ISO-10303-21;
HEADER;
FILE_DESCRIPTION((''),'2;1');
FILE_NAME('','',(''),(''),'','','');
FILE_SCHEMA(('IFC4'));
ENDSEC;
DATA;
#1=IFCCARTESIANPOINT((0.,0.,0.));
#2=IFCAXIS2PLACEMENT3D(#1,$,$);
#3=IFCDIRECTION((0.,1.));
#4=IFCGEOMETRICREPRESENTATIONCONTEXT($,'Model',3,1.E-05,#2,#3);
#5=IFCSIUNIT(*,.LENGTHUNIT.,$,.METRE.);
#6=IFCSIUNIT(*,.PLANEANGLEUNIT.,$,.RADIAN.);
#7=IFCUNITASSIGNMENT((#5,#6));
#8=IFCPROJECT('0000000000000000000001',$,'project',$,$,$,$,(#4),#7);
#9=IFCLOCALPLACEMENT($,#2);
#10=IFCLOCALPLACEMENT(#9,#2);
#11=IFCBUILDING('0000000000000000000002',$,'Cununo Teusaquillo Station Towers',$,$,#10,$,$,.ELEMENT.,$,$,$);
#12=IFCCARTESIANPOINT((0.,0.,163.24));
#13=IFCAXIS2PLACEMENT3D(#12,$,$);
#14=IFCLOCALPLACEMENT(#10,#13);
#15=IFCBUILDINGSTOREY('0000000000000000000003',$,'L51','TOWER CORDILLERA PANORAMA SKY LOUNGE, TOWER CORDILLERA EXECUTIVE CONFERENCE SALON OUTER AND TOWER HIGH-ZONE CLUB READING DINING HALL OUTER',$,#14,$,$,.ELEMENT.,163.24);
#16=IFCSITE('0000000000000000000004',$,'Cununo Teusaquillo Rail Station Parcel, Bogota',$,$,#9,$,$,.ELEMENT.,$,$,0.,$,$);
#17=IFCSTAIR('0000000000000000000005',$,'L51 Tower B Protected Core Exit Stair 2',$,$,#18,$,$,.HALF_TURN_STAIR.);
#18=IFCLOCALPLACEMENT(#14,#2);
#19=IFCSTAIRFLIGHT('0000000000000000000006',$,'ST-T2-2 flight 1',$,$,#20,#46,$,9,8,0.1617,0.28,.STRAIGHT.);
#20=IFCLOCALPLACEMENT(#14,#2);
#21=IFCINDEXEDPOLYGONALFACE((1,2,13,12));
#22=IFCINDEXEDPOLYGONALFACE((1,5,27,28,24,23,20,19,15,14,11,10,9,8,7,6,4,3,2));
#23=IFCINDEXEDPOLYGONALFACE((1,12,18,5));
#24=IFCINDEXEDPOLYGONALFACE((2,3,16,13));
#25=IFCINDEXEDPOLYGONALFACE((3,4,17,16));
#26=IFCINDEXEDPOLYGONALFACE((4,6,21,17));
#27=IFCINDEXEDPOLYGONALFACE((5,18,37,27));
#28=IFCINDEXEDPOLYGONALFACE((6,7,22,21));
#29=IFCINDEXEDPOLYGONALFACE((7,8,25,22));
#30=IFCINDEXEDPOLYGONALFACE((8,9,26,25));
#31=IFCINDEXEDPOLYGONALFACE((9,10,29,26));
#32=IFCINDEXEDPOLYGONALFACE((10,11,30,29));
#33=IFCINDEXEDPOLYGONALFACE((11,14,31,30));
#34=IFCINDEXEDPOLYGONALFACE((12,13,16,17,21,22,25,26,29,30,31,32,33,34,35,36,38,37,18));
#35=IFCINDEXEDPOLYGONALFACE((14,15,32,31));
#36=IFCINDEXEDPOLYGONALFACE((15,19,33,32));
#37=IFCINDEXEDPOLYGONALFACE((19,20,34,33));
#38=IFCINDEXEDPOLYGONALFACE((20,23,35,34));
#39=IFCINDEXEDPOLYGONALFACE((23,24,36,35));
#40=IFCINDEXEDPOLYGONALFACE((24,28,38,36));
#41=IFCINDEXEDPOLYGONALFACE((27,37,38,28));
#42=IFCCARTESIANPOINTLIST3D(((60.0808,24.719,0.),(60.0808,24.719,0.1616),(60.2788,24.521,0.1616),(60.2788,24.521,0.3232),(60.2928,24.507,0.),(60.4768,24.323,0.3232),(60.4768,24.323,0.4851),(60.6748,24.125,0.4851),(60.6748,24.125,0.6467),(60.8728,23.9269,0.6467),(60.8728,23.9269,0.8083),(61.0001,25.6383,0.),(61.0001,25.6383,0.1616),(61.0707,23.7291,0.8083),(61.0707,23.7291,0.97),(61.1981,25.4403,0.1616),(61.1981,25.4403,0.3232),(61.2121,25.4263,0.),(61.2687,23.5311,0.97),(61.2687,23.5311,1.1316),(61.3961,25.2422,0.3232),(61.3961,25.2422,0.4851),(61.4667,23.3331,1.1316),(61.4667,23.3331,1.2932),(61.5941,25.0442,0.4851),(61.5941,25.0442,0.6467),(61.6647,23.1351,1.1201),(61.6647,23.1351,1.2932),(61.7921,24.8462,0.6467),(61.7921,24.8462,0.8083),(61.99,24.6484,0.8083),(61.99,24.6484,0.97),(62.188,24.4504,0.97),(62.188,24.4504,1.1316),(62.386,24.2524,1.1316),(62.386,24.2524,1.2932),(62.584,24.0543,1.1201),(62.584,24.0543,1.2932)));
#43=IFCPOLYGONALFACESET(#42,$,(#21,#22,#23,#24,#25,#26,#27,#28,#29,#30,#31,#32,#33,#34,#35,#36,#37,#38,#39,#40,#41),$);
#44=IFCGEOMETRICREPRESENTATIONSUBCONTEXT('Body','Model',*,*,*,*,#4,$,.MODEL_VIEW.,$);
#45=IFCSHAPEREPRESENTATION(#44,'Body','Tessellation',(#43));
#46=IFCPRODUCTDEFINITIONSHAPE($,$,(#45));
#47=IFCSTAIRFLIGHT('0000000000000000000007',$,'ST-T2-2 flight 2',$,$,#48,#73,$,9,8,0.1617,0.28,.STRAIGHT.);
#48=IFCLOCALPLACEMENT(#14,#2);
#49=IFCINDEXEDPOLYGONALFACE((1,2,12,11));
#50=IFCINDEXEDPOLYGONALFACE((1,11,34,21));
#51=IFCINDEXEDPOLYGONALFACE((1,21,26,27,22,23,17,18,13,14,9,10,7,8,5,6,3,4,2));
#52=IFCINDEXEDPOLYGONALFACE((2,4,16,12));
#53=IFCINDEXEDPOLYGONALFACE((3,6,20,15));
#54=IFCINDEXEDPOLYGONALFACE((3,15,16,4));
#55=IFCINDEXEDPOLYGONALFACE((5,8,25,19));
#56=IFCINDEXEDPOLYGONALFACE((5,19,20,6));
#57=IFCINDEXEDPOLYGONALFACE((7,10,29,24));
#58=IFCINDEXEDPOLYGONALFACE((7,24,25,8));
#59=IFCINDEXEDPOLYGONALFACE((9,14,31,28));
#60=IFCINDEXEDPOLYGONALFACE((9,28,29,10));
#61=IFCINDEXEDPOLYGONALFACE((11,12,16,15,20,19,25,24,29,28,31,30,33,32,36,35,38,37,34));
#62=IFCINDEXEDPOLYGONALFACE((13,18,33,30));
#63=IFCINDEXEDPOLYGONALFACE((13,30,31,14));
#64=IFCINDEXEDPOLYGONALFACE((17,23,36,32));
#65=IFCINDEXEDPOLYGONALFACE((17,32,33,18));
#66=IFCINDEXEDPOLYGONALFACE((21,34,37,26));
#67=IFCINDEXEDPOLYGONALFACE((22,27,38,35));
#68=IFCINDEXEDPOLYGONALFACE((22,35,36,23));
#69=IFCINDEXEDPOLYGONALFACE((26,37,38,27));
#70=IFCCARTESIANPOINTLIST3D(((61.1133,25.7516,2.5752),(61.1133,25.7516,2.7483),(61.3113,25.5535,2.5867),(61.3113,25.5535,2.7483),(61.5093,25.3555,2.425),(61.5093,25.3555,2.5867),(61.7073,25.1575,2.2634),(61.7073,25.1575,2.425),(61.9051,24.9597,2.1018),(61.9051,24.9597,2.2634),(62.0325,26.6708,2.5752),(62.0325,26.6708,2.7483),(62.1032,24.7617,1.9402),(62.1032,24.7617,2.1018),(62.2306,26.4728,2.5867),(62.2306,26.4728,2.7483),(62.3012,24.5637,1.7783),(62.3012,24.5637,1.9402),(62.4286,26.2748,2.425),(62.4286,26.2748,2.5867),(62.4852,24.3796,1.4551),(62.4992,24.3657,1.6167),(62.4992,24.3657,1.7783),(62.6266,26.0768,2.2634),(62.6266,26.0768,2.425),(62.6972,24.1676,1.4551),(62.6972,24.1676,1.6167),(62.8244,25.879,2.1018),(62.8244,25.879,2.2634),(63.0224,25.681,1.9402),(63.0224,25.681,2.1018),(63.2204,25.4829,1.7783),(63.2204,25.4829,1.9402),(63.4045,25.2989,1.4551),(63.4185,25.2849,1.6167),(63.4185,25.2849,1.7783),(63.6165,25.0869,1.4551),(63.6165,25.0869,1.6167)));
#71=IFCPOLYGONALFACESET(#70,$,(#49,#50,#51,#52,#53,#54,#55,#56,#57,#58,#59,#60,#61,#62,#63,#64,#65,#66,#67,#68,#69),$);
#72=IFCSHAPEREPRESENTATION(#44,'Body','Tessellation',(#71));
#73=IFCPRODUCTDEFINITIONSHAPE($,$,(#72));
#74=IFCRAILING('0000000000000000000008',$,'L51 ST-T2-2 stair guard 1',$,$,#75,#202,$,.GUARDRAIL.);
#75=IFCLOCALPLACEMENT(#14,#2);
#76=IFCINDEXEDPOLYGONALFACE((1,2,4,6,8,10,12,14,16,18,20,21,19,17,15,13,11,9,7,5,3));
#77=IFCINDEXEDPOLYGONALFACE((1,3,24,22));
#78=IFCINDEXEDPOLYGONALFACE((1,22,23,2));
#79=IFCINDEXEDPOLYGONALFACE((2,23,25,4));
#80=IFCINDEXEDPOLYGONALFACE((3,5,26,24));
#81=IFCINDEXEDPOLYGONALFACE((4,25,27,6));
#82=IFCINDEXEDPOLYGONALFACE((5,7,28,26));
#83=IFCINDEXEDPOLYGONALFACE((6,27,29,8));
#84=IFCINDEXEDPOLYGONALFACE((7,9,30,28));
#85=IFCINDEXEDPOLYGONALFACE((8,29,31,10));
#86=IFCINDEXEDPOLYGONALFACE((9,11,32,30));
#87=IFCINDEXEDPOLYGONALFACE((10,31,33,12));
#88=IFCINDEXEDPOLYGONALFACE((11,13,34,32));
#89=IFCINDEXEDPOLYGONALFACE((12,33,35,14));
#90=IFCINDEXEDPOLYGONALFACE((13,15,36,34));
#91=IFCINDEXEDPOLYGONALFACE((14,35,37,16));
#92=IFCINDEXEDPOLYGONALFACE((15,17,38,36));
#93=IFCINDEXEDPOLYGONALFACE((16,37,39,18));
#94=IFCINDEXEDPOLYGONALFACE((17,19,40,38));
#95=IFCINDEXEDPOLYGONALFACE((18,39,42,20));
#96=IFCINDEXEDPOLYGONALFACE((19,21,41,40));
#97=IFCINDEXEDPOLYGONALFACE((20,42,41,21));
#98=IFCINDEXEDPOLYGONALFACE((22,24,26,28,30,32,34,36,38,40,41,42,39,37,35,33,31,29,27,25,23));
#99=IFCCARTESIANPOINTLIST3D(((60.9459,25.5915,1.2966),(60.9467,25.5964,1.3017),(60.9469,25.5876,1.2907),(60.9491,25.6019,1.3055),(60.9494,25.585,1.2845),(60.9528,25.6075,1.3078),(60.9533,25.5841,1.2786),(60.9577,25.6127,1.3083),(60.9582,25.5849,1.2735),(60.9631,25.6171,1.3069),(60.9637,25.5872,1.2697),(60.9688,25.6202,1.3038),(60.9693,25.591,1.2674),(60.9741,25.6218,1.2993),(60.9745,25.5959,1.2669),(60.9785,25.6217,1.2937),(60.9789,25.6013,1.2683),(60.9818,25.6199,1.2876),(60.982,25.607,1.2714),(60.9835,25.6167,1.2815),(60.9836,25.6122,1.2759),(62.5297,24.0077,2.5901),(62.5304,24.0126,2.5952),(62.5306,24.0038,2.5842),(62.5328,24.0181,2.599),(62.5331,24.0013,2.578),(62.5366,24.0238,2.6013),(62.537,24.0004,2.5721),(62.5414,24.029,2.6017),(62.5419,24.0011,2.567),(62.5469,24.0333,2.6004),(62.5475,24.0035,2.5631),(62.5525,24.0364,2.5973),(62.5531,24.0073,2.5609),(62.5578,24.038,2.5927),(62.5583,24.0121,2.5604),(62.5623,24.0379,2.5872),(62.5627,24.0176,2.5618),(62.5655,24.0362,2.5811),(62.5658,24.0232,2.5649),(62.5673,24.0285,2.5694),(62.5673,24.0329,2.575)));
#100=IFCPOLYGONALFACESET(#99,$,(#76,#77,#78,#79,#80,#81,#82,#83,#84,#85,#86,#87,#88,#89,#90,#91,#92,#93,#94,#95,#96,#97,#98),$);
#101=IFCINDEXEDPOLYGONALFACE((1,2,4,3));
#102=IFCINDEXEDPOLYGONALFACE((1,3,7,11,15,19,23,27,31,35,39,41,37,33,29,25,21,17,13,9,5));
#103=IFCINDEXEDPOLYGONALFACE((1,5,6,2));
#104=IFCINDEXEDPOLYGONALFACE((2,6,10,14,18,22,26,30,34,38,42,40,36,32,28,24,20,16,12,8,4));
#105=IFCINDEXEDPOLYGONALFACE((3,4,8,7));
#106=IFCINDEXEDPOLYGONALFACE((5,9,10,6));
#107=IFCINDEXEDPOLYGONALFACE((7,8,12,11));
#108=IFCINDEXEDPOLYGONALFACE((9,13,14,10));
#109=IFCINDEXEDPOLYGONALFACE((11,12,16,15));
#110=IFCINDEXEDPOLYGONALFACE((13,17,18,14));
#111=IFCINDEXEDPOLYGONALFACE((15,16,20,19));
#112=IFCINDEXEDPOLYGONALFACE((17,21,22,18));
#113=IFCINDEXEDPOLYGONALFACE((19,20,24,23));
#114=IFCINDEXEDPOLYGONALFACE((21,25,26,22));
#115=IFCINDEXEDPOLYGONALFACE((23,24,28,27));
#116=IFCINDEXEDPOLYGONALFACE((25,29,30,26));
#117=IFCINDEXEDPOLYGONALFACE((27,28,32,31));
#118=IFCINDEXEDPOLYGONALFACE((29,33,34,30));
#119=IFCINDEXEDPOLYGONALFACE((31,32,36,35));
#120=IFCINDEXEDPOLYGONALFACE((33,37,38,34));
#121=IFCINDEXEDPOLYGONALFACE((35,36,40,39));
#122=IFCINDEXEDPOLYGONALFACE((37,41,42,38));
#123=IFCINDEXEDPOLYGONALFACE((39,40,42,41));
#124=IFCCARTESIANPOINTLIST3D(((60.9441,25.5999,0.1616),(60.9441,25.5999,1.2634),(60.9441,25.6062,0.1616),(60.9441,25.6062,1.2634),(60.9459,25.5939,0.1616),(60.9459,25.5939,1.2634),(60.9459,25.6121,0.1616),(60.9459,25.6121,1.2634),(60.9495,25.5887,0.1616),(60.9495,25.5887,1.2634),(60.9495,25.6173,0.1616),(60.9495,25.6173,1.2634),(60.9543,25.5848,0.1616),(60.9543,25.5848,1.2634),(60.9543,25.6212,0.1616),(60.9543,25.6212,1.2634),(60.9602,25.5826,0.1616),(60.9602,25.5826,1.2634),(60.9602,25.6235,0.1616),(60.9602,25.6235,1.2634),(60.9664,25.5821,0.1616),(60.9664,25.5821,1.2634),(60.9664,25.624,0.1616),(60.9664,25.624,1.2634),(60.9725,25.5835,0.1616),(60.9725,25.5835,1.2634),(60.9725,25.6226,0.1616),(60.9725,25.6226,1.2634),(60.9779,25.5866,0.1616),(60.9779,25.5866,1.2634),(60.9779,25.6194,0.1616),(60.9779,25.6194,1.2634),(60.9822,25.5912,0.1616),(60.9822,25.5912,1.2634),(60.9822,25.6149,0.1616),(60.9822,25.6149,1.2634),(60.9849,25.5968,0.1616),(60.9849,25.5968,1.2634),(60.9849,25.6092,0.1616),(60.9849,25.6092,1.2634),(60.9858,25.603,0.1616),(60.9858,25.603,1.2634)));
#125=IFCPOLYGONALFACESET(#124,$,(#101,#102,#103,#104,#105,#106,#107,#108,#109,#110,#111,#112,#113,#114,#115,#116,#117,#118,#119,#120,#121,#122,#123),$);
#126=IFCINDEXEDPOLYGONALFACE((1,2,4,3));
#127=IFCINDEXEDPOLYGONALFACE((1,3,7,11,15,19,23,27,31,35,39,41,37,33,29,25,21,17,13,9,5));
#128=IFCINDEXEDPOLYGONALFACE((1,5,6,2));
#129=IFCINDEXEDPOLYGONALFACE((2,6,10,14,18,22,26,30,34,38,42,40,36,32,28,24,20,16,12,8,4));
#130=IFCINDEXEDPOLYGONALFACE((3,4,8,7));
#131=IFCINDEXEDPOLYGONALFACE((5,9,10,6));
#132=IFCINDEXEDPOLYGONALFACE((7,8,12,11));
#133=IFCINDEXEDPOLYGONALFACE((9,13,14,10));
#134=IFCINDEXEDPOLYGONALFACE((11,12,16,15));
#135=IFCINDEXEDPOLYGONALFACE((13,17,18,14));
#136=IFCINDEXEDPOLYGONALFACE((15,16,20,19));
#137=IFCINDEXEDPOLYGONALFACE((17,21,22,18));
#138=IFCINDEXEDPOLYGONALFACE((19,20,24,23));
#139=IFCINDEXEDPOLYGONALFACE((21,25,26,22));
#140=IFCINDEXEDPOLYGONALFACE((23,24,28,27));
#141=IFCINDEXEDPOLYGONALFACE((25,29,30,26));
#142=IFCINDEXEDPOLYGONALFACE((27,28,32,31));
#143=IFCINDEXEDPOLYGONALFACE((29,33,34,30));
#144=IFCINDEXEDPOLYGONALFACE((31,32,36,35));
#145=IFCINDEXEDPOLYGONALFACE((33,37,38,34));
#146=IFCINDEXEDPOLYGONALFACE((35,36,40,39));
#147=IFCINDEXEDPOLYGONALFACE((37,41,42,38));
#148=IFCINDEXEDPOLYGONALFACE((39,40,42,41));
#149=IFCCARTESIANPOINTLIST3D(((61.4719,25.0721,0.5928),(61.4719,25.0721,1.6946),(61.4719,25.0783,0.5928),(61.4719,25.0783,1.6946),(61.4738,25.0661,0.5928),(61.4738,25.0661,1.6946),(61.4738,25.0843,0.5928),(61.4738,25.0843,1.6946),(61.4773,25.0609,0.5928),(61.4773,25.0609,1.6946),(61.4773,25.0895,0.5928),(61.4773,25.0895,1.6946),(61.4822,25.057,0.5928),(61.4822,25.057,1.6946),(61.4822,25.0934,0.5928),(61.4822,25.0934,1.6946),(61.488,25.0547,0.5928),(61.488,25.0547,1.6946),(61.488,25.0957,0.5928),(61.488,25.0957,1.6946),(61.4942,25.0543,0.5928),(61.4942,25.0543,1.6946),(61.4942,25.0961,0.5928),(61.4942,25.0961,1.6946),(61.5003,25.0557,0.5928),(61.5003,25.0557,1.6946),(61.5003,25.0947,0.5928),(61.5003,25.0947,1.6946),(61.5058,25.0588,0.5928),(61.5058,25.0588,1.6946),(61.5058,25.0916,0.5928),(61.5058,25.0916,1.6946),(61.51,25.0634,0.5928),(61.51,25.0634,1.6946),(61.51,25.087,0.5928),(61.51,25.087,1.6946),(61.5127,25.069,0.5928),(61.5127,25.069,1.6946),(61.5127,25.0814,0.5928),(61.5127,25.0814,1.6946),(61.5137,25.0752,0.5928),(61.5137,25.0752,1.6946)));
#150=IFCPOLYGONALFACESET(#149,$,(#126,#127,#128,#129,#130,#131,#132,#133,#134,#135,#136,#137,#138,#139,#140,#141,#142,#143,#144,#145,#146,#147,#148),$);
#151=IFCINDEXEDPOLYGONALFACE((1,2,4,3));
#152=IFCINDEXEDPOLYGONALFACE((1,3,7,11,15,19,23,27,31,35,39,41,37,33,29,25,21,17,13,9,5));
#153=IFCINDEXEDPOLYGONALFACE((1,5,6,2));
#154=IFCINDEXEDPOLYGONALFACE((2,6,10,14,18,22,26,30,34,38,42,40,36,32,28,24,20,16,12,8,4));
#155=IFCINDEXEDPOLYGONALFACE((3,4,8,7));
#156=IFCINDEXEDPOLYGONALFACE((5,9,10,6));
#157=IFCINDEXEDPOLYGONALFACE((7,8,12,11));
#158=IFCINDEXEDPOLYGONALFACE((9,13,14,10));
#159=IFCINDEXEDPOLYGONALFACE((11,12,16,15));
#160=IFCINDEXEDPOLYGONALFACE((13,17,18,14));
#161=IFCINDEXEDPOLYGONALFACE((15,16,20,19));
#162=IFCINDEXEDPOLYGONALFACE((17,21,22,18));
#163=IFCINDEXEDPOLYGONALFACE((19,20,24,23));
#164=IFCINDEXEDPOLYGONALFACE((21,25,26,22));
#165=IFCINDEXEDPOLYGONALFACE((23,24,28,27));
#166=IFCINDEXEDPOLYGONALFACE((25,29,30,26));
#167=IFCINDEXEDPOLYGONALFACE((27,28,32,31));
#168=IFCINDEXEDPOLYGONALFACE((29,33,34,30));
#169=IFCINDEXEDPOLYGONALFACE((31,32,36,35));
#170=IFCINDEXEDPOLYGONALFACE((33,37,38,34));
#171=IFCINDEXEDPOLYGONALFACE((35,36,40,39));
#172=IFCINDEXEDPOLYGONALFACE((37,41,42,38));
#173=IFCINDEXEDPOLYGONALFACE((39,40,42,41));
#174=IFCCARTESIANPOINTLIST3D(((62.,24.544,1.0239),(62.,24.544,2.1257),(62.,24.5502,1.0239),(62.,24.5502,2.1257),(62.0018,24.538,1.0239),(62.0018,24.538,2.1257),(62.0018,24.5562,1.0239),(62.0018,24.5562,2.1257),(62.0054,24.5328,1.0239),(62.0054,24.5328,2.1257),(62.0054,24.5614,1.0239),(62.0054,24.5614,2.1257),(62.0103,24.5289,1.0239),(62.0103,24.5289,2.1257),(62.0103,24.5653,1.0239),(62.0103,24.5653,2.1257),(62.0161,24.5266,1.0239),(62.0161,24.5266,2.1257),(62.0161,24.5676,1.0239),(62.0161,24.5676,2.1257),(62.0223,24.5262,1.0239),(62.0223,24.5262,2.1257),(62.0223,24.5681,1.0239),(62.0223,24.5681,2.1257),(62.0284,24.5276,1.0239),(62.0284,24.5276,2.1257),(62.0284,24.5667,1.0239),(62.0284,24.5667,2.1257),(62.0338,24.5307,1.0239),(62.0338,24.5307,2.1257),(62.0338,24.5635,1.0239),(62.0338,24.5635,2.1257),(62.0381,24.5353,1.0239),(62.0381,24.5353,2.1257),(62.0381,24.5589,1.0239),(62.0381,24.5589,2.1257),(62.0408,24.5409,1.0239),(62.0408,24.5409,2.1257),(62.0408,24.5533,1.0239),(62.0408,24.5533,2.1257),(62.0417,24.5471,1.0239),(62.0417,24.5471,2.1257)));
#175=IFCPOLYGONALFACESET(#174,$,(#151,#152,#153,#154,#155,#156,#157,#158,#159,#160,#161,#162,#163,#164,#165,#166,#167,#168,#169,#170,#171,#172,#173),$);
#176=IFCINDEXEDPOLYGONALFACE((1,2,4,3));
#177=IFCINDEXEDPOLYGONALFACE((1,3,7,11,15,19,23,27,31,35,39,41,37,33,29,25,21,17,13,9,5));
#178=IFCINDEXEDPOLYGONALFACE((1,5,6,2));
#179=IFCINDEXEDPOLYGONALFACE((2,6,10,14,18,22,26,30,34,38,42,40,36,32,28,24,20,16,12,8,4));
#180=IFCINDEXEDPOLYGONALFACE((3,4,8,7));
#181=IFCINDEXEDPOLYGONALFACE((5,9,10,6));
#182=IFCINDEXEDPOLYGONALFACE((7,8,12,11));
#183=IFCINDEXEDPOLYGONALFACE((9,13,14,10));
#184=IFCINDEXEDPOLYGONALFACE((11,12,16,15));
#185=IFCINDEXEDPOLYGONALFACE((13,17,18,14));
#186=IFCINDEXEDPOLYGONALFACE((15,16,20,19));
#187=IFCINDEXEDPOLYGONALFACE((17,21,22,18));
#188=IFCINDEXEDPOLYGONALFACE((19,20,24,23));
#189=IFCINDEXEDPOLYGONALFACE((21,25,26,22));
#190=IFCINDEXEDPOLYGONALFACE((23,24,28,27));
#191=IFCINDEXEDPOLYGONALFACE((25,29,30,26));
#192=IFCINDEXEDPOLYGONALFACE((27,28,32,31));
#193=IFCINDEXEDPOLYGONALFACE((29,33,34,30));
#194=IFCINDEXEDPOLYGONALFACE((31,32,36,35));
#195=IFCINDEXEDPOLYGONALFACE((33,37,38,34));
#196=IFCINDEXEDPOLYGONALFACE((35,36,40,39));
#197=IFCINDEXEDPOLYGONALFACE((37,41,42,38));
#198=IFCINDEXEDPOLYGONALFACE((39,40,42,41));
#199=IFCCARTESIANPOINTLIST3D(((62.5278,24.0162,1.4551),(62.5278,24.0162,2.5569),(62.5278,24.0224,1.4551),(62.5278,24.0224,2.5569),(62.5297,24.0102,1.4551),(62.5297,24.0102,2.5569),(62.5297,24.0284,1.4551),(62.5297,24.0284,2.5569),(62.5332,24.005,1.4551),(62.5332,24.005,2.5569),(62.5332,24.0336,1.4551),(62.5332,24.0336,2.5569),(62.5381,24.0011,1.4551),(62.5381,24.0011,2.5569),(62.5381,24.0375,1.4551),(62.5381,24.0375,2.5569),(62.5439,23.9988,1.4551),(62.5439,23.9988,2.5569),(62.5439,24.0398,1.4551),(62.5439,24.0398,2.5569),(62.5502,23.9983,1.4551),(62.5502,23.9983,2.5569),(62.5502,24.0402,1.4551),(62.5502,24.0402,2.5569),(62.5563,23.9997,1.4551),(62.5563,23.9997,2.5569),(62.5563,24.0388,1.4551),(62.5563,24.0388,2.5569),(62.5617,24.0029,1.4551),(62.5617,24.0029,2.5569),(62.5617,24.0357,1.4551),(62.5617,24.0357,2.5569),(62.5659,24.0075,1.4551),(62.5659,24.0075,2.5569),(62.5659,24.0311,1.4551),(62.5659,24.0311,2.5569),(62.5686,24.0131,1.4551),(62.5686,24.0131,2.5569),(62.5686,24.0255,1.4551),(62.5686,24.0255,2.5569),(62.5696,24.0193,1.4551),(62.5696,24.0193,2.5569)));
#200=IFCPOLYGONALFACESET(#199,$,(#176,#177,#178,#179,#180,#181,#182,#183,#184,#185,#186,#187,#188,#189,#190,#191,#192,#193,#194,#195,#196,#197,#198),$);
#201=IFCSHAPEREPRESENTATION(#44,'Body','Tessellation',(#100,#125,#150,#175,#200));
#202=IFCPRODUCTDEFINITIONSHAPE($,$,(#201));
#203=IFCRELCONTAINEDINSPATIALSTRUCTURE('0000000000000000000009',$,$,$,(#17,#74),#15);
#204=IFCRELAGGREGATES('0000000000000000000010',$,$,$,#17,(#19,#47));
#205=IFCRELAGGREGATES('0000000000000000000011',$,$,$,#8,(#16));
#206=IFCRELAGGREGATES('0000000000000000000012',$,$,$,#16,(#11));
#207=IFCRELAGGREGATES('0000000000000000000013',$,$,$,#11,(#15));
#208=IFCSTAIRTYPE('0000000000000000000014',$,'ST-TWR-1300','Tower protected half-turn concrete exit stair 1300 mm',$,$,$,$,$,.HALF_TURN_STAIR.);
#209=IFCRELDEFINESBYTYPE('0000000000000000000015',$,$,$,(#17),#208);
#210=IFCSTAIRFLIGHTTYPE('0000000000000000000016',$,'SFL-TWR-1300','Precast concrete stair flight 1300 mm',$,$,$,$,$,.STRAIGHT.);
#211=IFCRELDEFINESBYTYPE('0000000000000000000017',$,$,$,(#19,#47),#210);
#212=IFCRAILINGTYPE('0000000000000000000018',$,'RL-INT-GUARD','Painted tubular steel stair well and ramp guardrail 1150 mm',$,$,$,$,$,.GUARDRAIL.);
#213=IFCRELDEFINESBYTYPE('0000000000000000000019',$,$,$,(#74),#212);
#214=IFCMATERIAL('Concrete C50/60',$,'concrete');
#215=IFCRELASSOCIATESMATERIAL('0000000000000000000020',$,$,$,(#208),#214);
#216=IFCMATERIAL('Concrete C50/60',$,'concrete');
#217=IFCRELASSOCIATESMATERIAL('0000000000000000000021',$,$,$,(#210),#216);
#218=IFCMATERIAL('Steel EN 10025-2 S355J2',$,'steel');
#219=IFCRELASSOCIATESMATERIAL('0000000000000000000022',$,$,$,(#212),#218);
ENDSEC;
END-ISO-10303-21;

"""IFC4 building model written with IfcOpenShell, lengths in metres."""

from ifc_helpers import new_model, si_unit, direction, frame, origin, origin_2d, place, context, subcontext, project, spatial, polyline, circle, outline, extrude, material, type_object, element, aggregate, save


model = new_model("IFC4")

# Units and contexts
model_context = context("Model", 3, precision=1e-05, world=origin(), true_north=direction((0.0, 1.0)))
body_context = subcontext(model_context, "Body", "Model", "MODEL_VIEW")
ifc_project = project(units=[si_unit("LENGTHUNIT", "METRE"), si_unit("PLANEANGLEUNIT", "RADIAN")], contexts=[model_context])

# Site, building, storey
site_placement = place(None, origin())
site = spatial("IfcSite", under=ifc_project, at=site_placement, Name="Cununo Teusaquillo Rail Station Parcel, Bogota", CompositionType="ELEMENT", RefElevation=0.0)
building_placement = place(site_placement, origin())
building = spatial("IfcBuilding", under=site, at=building_placement, Name="Cununo Teusaquillo Station Towers", CompositionType="ELEMENT")
storey_placement = place(building_placement, frame((0.0, 0.0, 163.24)))
storey = spatial("IfcBuildingStorey", under=building, at=storey_placement, Name="L51", Description="TOWER CORDILLERA PANORAMA SKY LOUNGE, TOWER CORDILLERA EXECUTIVE CONFERENCE SALON OUTER AND TOWER HIGH-ZONE CLUB READING DINING HALL OUTER", CompositionType="ELEMENT", Elevation=163.24)

# Stair, stair flights
ifc_material_1 = material(Name="Concrete C50/60", Category="concrete")
stair_type = type_object("IfcStairType", Name="ST-TWR-1300", Description="Tower protected half-turn concrete exit stair 1300 mm", PredefinedType="HALF_TURN_STAIR", material=ifc_material_1)
stair_placement = place(storey_placement, origin())
stair = element("IfcStair", 1, at=stair_placement, inside=storey, type_object=stair_type, Name="L51 Tower B Protected Core Exit Stair 2", PredefinedType="HALF_TURN_STAIR")
ifc_material_2 = material(Name="Concrete C50/60", Category="concrete")
stair_flight_type = type_object("IfcStairFlightType", Name="SFL-TWR-1300", Description="Precast concrete stair flight 1300 mm", PredefinedType="STRAIGHT", material=ifc_material_2)
stair_flight_1_placement = place(storey_placement, frame((60.5405, 25.1787, 0.0), z_axis=(0.0, 0.0, 1.0), x_axis=(0.707107, -0.707107, 0.0)))
stair_flight_1 = element("IfcStairFlight", 2, at=stair_flight_1_placement, type_object=stair_flight_type, Name="ST-T2-2 flight 1", NumberOfRisers=9, NumberOfTreads=8, PredefinedType="STRAIGHT", RiserHeight=0.1617, TreadLength=0.28, context=body_context, shape_type="SweptSolid", body=[
    extrude(outline(polyline([(0.0, 0.0), (0.0, 0.1616), (0.28, 0.1616), (0.28, 0.3232), (0.5601, 0.3232), (0.5601, 0.4851), (0.8401, 0.4851), (0.8401, 0.6467), (1.1201, 0.6467), (1.1201, 0.8083), (1.3999, 0.8083), (1.3999, 0.97), (1.6799, 0.97), (1.6799, 1.1316), (1.96, 1.1316), (1.96, 1.2932), (2.24, 1.2932), (2.24, 1.4551), (2.24, 1.1201), (0.2998, 0.0), (0.0, 0.0)])), frame((0.0, 0.6499, 0.0), z_axis=(0.0, -1.0, 0.0), x_axis=(1.0, 0.0, 0.0)), (0.0, 0.0, 1.0), 1.3),
])
stair_flight_2_placement = place(storey_placement, frame((63.1567, 24.6272, 1.4551), z_axis=(0.0, 0.0, 1.0), x_axis=(-0.707107, 0.707107, 0.0)))
stair_flight_2 = element("IfcStairFlight", 3, at=stair_flight_2_placement, type_object=stair_flight_type, Name="ST-T2-2 flight 2", NumberOfRisers=9, NumberOfTreads=8, PredefinedType="STRAIGHT", RiserHeight=0.1617, TreadLength=0.28, context=body_context, shape_type="SweptSolid", body=[
    extrude(outline(polyline([(0.0, 0.0), (0.0, 0.1616), (0.28, 0.1616), (0.28, 0.3232), (0.5601, 0.3232), (0.5601, 0.4851), (0.8401, 0.4851), (0.8401, 0.6467), (1.1201, 0.6467), (1.1201, 0.8083), (1.3999, 0.8083), (1.3999, 0.97), (1.6799, 0.97), (1.6799, 1.1316), (1.96, 1.1316), (1.96, 1.2932), (2.24, 1.2932), (2.24, 1.4551), (2.24, 1.1201), (0.2998, 0.0), (0.0, 0.0)])), frame((0.0, 0.6499, 0.0), z_axis=(0.0, -1.0, 0.0), x_axis=(1.0, 0.0, 0.0)), (0.0, 0.0, 1.0), 1.3),
])
aggregate(stair, [stair_flight_1, stair_flight_2])

# Railing
ifc_material_3 = material(Name="Steel EN 10025-2 S355J2", Category="steel")
railing_type_1 = type_object("IfcRailingType", Name="RL-INT-GUARD", Description="Painted tubular steel stair well and ramp guardrail 1150 mm", PredefinedType="GUARDRAIL", material=ifc_material_3)
railing_1_placement = place(storey_placement, frame((60.9648, 25.603, 0.1616)))
element("IfcRailing", 4, at=railing_1_placement, inside=storey, type_object=railing_type_1, Name="L51 ST-T2-2 stair guard 1", PredefinedType="GUARDRAIL", context=body_context, shape_type="SweptSolid", body=[
    extrude(circle(Radius=0.0239, at=origin_2d()), frame((0.0, 0.0, 1.126), z_axis=(0.612332, -0.612332, 0.500098), x_axis=(0.707107, 0.707107, 0.0)), (0.0, 0.0, 1.0), 2.5864),
    extrude(circle(Radius=0.021, at=origin_2d()), origin(), (0.0, 0.0, 1.0), 1.1018),
    extrude(circle(Radius=0.021, at=origin_2d()), frame((0.5278, -0.5278, 0.4312)), (0.0, 0.0, 1.0), 1.1018),
    extrude(circle(Radius=0.021, at=origin_2d()), frame((1.0559, -1.0559, 0.8623)), (0.0, 0.0, 1.0), 1.1018),
    extrude(circle(Radius=0.021, at=origin_2d()), frame((1.5837, -1.5837, 1.2935)), (0.0, 0.0, 1.0), 1.1018),
])

save(model, "model.ifc")
